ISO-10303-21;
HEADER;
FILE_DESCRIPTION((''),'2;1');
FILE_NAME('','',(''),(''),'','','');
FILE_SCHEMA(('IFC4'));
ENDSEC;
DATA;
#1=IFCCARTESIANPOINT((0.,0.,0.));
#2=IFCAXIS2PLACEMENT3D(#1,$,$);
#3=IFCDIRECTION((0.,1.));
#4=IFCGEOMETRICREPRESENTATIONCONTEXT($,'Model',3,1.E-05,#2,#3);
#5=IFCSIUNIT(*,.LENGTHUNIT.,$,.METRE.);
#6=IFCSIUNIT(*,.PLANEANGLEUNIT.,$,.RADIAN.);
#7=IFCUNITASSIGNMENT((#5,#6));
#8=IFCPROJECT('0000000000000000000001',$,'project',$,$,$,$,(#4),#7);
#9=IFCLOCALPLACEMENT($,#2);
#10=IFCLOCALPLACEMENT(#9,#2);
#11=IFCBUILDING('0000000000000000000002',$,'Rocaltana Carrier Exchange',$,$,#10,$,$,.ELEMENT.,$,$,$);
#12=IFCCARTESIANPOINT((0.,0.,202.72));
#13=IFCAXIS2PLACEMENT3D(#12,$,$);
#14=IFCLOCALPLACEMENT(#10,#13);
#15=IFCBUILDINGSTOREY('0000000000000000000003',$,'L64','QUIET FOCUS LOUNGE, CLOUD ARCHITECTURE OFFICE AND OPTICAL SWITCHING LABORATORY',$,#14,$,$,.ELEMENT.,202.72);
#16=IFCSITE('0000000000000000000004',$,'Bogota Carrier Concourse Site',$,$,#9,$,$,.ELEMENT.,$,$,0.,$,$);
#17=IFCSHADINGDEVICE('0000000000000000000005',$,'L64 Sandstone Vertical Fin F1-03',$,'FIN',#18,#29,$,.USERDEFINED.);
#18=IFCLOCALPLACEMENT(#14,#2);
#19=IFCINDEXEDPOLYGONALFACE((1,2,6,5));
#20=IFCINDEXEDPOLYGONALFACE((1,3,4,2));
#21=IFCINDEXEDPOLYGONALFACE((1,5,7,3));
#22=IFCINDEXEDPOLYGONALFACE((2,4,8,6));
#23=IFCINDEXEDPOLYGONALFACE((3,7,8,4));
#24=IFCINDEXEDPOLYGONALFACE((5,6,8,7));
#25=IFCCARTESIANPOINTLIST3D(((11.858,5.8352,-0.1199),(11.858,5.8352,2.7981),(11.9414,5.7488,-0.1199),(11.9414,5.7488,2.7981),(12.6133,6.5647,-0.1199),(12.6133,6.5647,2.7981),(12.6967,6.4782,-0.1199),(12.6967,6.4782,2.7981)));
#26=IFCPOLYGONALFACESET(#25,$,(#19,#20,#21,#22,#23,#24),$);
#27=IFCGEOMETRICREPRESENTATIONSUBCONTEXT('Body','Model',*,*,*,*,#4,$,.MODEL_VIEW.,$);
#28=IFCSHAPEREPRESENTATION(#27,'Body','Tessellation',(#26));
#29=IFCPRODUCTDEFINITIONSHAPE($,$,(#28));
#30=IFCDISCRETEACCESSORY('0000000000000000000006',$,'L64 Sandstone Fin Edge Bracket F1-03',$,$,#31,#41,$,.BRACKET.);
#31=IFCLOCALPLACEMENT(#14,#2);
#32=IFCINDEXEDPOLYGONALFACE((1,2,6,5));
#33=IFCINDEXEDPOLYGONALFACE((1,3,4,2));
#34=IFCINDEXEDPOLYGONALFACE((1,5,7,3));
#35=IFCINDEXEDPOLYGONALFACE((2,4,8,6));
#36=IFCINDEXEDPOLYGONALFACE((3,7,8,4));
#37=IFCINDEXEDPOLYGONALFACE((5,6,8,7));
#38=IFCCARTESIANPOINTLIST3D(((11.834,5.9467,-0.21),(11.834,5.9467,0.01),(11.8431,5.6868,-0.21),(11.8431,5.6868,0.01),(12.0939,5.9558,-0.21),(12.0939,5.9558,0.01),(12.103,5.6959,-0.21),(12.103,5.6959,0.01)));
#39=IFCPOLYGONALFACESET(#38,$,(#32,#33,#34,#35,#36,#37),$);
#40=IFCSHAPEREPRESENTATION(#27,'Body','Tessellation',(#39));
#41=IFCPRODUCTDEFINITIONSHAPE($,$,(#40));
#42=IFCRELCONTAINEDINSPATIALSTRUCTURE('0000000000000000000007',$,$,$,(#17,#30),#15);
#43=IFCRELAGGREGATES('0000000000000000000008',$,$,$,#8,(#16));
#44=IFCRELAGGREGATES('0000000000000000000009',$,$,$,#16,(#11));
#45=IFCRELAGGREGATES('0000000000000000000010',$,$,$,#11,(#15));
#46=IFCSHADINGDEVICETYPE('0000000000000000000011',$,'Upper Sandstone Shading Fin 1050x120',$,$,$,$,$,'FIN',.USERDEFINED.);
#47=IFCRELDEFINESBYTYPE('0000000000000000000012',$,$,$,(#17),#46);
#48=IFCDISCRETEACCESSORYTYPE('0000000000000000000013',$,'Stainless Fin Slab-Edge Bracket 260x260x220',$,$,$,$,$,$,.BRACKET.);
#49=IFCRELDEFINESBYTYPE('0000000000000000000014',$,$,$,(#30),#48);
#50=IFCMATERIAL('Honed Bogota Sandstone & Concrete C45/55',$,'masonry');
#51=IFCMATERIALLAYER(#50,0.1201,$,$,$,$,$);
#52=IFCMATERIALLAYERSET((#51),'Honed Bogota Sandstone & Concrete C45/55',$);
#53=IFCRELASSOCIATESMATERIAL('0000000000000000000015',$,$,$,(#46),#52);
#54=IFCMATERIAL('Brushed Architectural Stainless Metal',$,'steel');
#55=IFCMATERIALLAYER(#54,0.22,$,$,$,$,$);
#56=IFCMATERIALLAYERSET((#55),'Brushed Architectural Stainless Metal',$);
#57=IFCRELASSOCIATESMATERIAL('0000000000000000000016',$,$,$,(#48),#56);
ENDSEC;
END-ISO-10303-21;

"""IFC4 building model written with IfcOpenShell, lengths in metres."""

from ifc_helpers import new_model, si_unit, direction, frame, origin, origin_2d, place, context, subcontext, project, spatial, rectangle, extrude, material, layer, layer_set, type_object, element, save


model = new_model("IFC4")

# Units and contexts
model_context = context("Model", 3, precision=1e-05, world=origin(), true_north=direction((0.0, 1.0)))
body_context = subcontext(model_context, "Body", "Model", "MODEL_VIEW")
ifc_project = project(units=[si_unit("LENGTHUNIT", "METRE"), si_unit("PLANEANGLEUNIT", "RADIAN")], contexts=[model_context])

# Site, building, storey
site_placement = place(None, origin())
site = spatial("IfcSite", under=ifc_project, at=site_placement, Name="Bogota Carrier Concourse Site", CompositionType="ELEMENT", RefElevation=0.0)
building_placement = place(site_placement, origin())
building = spatial("IfcBuilding", under=site, at=building_placement, Name="Rocaltana Carrier Exchange", CompositionType="ELEMENT")
storey_placement = place(building_placement, frame((0.0, 0.0, 202.72)))
storey = spatial("IfcBuildingStorey", under=building, at=storey_placement, Name="L64", Description="QUIET FOCUS LOUNGE, CLOUD ARCHITECTURE OFFICE AND OPTICAL SWITCHING LABORATORY", CompositionType="ELEMENT", Elevation=202.72)

# Shading device
ifc_material_1 = material(Name="Honed Bogota Sandstone & Concrete C45/55", Category="masonry")
ifc_layer_1 = layer(ifc_material_1, 0.1201)
ifc_layer_set_1 = layer_set([ifc_layer_1], Name="Honed Bogota Sandstone & Concrete C45/55")
shading_device_type = type_object("IfcShadingDeviceType", Name="Upper Sandstone Shading Fin 1050x120", ElementType="FIN", PredefinedType="USERDEFINED", material=ifc_layer_set_1)
shading_device_placement = place(storey_placement, frame((12.2773, 6.1567, -0.1199), z_axis=(0.0, 0.0, 1.0), x_axis=(0.71934, 0.694658, 0.0)))
element("IfcShadingDevice", 1, at=shading_device_placement, inside=storey, type_object=shading_device_type, Name="L64 Sandstone Vertical Fin F1-03", ObjectType="FIN", PredefinedType="USERDEFINED", context=body_context, shape_type="SweptSolid", body=[
    extrude(rectangle(XDim=1.05, YDim=0.1201, at=origin_2d()), origin(), (0.0, 0.0, 1.0), 2.918),
])

# Discrete accessory
ifc_material_2 = material(Name="Brushed Architectural Stainless Metal", Category="steel")
ifc_layer_2 = layer(ifc_material_2, 0.22)
ifc_layer_set_2 = layer_set([ifc_layer_2], Name="Brushed Architectural Stainless Metal")
discrete_accessory_type = type_object("IfcDiscreteAccessoryType", Name="Stainless Fin Slab-Edge Bracket 260x260x220", PredefinedType="BRACKET", material=ifc_layer_set_2)
discrete_accessory_placement = place(storey_placement, frame((11.9685, 5.8213, -0.21), z_axis=(0.0, 0.0, 1.0), x_axis=(-0.034899, 0.999391, 0.0)))
element("IfcDiscreteAccessory", 2, at=discrete_accessory_placement, inside=storey, type_object=discrete_accessory_type, Name="L64 Sandstone Fin Edge Bracket F1-03", PredefinedType="BRACKET", context=body_context, shape_type="SweptSolid", body=[
    extrude(rectangle(XDim=0.26, YDim=0.26, at=origin_2d()), origin(), (0.0, 0.0, 1.0), 0.22),
])

save(model, "model.ifc")
